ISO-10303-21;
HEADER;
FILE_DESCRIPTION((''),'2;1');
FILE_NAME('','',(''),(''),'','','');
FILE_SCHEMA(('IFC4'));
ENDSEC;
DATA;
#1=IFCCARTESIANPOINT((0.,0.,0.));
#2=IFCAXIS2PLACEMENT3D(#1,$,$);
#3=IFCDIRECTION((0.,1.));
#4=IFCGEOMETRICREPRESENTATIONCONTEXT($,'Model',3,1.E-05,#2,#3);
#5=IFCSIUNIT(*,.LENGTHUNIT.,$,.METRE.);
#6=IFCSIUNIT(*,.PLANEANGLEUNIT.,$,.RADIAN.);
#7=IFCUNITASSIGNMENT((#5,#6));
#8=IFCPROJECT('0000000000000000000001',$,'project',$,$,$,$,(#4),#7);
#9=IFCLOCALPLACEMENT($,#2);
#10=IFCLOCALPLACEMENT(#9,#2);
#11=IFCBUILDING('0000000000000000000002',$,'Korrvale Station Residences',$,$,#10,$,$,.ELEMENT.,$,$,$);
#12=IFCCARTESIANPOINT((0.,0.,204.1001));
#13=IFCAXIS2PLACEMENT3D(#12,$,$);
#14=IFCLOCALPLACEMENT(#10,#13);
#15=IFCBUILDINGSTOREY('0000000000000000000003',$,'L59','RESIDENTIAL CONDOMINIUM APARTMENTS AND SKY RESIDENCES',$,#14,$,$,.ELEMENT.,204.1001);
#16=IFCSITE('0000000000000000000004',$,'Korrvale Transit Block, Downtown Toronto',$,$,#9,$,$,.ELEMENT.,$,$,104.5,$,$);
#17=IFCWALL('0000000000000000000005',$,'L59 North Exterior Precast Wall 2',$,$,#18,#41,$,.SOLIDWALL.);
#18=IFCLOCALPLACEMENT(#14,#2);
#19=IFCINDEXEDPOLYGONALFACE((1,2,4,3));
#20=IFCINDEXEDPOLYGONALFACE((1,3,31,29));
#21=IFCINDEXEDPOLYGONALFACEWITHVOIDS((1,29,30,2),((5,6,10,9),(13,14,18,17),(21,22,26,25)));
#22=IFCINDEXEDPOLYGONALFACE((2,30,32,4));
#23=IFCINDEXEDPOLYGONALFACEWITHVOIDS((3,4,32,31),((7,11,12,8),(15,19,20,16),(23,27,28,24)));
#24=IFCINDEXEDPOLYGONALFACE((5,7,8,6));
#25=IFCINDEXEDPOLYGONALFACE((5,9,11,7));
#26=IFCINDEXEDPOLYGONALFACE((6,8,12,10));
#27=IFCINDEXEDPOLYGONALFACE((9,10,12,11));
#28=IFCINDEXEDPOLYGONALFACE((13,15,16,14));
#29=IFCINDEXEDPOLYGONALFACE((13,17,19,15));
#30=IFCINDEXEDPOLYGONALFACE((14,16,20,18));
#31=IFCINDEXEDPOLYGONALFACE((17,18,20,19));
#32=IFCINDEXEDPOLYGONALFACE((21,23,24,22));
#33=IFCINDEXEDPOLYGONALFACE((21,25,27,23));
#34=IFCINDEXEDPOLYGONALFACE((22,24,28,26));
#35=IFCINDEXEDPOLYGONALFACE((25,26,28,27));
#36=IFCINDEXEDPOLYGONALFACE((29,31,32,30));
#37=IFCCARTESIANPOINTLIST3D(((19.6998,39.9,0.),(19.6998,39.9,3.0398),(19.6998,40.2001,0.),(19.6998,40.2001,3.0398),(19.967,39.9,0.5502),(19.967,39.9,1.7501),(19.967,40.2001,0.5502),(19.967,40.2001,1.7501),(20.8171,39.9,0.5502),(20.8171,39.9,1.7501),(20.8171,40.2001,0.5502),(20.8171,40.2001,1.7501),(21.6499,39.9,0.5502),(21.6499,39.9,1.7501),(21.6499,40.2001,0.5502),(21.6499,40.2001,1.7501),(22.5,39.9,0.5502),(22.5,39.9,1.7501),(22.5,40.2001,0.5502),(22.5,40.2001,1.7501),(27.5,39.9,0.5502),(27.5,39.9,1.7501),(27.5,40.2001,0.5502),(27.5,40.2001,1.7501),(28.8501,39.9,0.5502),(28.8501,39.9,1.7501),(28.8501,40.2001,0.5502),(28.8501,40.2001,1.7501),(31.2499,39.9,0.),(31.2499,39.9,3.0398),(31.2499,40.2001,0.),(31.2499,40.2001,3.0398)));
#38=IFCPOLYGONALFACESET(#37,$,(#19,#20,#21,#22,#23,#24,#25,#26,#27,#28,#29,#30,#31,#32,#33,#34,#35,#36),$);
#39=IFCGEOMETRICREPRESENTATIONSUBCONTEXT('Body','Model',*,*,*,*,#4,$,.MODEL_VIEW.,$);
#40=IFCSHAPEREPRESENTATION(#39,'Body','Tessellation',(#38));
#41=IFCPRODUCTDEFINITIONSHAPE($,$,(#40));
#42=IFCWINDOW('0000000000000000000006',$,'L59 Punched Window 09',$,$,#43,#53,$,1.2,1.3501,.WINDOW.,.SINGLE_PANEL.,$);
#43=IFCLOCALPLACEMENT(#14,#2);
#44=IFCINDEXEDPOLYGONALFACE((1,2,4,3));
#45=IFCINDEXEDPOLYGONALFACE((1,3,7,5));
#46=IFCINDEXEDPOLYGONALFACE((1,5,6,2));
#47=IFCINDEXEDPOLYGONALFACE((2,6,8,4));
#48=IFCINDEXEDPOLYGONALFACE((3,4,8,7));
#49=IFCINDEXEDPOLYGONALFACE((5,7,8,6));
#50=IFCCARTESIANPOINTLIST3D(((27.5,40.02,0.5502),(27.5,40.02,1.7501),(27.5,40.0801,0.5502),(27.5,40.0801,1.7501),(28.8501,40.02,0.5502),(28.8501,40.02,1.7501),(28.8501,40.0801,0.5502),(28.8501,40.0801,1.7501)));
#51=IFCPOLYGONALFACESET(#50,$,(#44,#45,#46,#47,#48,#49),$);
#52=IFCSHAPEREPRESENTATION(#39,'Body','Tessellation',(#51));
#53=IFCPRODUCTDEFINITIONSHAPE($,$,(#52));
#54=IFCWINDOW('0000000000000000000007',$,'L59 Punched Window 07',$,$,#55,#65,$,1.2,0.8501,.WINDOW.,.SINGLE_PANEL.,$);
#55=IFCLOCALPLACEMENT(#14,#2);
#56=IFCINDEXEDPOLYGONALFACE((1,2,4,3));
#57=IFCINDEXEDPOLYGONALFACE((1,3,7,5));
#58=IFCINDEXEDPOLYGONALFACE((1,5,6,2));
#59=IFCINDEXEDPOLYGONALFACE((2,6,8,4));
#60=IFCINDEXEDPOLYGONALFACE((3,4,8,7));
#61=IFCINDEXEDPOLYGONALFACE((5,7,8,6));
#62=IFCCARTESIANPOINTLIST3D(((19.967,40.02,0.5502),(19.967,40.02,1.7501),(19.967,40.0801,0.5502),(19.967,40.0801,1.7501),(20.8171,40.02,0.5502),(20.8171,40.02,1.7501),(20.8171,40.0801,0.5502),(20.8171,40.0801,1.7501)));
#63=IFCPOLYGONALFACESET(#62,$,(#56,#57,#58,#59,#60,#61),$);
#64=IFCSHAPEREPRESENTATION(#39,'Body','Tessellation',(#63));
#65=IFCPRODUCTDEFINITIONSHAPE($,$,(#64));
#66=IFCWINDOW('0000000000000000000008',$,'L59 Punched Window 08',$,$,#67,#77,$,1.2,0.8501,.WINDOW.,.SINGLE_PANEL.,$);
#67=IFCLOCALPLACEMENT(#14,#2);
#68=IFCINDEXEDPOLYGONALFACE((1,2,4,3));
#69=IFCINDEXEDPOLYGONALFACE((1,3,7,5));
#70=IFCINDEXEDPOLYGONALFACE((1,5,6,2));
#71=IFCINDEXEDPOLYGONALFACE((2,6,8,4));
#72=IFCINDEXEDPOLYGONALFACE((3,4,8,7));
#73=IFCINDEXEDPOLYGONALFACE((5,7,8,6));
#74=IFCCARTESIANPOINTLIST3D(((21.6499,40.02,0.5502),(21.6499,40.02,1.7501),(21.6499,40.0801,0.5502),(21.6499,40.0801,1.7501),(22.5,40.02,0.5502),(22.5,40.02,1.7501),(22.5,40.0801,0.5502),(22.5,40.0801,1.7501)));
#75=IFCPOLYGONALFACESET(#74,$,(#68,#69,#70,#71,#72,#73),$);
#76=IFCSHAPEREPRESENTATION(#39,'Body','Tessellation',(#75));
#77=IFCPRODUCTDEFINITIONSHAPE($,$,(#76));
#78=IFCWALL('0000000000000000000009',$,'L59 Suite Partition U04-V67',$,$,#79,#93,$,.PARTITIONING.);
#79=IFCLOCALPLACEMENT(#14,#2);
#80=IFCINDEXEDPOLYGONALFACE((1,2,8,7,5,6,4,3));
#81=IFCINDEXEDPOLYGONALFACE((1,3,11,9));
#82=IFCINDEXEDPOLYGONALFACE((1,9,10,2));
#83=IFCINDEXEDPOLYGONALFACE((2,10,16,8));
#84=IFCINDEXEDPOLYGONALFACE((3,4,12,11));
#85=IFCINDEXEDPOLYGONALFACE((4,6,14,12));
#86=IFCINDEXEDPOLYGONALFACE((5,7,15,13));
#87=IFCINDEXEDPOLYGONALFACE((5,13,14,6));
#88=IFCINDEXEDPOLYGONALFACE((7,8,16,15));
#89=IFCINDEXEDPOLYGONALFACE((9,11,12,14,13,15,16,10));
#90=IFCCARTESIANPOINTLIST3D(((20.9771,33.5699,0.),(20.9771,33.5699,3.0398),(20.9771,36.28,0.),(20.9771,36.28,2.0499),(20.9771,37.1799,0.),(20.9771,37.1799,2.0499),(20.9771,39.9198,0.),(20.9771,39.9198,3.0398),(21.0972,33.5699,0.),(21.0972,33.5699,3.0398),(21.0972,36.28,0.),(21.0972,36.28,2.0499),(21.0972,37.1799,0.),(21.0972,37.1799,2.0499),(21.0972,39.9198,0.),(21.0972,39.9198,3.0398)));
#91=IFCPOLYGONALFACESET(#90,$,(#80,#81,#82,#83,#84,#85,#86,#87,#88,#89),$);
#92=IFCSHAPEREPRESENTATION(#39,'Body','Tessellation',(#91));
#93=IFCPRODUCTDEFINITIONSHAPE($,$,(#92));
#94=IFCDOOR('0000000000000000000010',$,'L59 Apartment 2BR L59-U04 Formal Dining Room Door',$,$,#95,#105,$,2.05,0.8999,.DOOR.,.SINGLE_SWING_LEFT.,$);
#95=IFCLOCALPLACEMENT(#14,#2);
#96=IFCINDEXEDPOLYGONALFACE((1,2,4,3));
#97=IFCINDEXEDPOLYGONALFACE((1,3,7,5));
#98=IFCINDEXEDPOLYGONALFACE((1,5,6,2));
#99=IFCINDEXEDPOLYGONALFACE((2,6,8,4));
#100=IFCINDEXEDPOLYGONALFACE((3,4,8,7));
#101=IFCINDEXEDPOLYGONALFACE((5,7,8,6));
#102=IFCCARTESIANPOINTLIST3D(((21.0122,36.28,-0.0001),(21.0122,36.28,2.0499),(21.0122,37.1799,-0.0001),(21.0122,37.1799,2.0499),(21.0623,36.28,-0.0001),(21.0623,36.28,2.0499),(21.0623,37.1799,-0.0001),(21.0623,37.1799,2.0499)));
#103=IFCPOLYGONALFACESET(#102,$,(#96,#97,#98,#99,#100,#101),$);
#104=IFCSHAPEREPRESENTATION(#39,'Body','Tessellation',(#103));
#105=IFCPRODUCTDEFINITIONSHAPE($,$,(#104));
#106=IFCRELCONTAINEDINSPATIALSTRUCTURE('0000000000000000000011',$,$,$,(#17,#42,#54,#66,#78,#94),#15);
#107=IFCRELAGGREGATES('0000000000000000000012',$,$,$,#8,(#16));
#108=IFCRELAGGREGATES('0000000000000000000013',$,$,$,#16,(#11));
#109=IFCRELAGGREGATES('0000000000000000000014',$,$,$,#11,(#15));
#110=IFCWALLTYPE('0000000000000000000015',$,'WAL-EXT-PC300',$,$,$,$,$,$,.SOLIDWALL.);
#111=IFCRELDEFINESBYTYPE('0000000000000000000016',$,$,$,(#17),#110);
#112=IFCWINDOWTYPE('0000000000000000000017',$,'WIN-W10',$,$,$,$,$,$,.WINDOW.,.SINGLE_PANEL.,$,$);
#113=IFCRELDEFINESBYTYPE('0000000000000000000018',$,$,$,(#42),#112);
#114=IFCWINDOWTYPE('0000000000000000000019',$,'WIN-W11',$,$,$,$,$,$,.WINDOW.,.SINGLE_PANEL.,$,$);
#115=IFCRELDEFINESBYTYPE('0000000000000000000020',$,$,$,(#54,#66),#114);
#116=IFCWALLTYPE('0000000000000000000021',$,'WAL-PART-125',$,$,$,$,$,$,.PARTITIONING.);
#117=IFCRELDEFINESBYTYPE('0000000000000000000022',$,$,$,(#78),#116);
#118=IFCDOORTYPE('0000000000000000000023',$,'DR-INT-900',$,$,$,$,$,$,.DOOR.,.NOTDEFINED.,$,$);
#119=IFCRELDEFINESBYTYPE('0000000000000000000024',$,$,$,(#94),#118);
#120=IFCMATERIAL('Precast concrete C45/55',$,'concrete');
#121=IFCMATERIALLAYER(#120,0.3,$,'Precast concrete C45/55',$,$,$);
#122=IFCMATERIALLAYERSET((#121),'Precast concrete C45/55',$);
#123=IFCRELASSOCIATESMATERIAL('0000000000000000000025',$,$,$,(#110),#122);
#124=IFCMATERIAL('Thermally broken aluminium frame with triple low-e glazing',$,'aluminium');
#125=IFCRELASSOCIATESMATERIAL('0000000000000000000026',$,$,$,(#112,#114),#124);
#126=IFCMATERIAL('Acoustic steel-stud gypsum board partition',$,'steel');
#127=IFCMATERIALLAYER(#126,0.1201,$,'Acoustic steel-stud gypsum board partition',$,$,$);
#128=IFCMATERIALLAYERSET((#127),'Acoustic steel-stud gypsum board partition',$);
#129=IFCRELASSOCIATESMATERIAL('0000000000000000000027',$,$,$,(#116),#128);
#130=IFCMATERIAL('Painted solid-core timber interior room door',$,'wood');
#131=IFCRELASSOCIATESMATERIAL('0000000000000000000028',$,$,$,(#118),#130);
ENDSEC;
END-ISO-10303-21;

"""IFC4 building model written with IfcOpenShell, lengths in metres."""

from ifc_helpers import new_model, si_unit, direction, frame, frame_2d, origin, place, context, subcontext, project, spatial, rectangle, extrude, material, layer, layer_set, type_object, element, fill, save


model = new_model("IFC4")

# Units and contexts
model_context = context("Model", 3, precision=1e-05, world=origin(), true_north=direction((0.0, 1.0)))
body_context = subcontext(model_context, "Body", "Model", "MODEL_VIEW")
ifc_project = project(units=[si_unit("LENGTHUNIT", "METRE"), si_unit("PLANEANGLEUNIT", "RADIAN")], contexts=[model_context])

# Site, building, storey
site_placement = place(None, origin())
site = spatial("IfcSite", under=ifc_project, at=site_placement, Name="Korrvale Transit Block, Downtown Toronto", CompositionType="ELEMENT", RefElevation=104.5)
building_placement = place(site_placement, origin())
building = spatial("IfcBuilding", under=site, at=building_placement, Name="Korrvale Station Residences", CompositionType="ELEMENT")
storey_placement = place(building_placement, frame((0.0, 0.0, 204.1001)))
storey = spatial("IfcBuildingStorey", under=building, at=storey_placement, Name="L59", Description="RESIDENTIAL CONDOMINIUM APARTMENTS AND SKY RESIDENCES", CompositionType="ELEMENT", Elevation=204.1001)

# Shared definitions
ifc_material_1 = material(Name="Precast concrete C45/55", Category="concrete")

# Wall, openings, windows
ifc_layer_1 = layer(ifc_material_1, 0.3, Name="Precast concrete C45/55")
ifc_layer_set_1 = layer_set([ifc_layer_1], Name="Precast concrete C45/55")
wall_type_1 = type_object("IfcWallType", Name="WAL-EXT-PC300", PredefinedType="SOLIDWALL", material=ifc_layer_set_1)
wall_1_placement = place(storey_placement, frame((19.7, 40.05, 0.0), z_axis=(0.0, 0.0, 1.0), x_axis=(1.0, 0.0, 0.0)))
wall_1 = element("IfcWall", 1, at=wall_1_placement, inside=storey, type_object=wall_type_1, Name="L59 North Exterior Precast Wall 2", PredefinedType="SOLIDWALL", context=body_context, shape_type="SweptSolid", body=[
    extrude(rectangle(XDim=11.55, YDim=0.3, at=frame_2d((5.7749, 0.0))), origin(), (0.0, 0.0, 1.0), 3.0398),
])
opening_1_placement = place(wall_1_placement, frame((0.2671, 0.0, 0.55)))
opening_1 = element("IfcOpeningElement", 2, at=opening_1_placement, cuts=wall_1, PredefinedType="OPENING", context=body_context, shape_type="SweptSolid", body=[
    extrude(rectangle(XDim=0.8501, YDim=1.2, at=frame_2d((0.425, 0.6001))), frame((0.0, 0.1602, 0.0), z_axis=(0.0, -1.0, 0.0), x_axis=(1.0, 0.0, 0.0)), (0.0, 0.0, 1.0), 0.3201),
])
opening_2_placement = place(wall_1_placement, frame((1.95, 0.0, 0.55)))
opening_2 = element("IfcOpeningElement", 3, at=opening_2_placement, cuts=wall_1, PredefinedType="OPENING", context=body_context, shape_type="SweptSolid", body=[
    extrude(rectangle(XDim=0.8501, YDim=1.2, at=frame_2d((0.425, 0.6001))), frame((0.0, 0.1602, 0.0), z_axis=(0.0, -1.0, 0.0), x_axis=(1.0, 0.0, 0.0)), (0.0, 0.0, 1.0), 0.3201),
])
opening_3_placement = place(wall_1_placement, frame((7.8, 0.0, 0.55)))
opening_3 = element("IfcOpeningElement", 4, at=opening_3_placement, cuts=wall_1, PredefinedType="OPENING", context=body_context, shape_type="SweptSolid", body=[
    extrude(rectangle(XDim=1.3501, YDim=1.2, at=frame_2d((0.675, 0.6001))), frame((0.0, 0.1602, 0.0), z_axis=(0.0, -1.0, 0.0), x_axis=(1.0, 0.0, 0.0)), (0.0, 0.0, 1.0), 0.3201),
])
ifc_material_2 = material(Name="Thermally broken aluminium frame with triple low-e glazing", Category="aluminium")
window_type_1 = type_object("IfcWindowType", Name="WIN-W10", PartitioningType="SINGLE_PANEL", PredefinedType="WINDOW", material=ifc_material_2)
window_1_placement = place(opening_3_placement, origin())
window_1 = element("IfcWindow", 5, at=window_1_placement, inside=storey, type_object=window_type_1, Name="L59 Punched Window 09", OverallHeight=1.2, OverallWidth=1.3501, PartitioningType="SINGLE_PANEL", PredefinedType="WINDOW", context=body_context, shape_type="SweptSolid", body=[
    extrude(rectangle(XDim=1.3501, YDim=1.2, at=frame_2d((0.675, 0.6001))), frame((0.0, 0.03, 0.0), z_axis=(0.0, -1.0, 0.0), x_axis=(1.0, 0.0, 0.0)), (0.0, 0.0, 1.0), 0.0601),
])
fill(opening_3, window_1)
window_type_2 = type_object("IfcWindowType", Name="WIN-W11", PartitioningType="SINGLE_PANEL", PredefinedType="WINDOW", material=ifc_material_2)
window_2_placement = place(opening_1_placement, origin())
window_2 = element("IfcWindow", 6, at=window_2_placement, inside=storey, type_object=window_type_2, Name="L59 Punched Window 07", OverallHeight=1.2, OverallWidth=0.8501, PartitioningType="SINGLE_PANEL", PredefinedType="WINDOW", context=body_context, shape_type="SweptSolid", body=[
    extrude(rectangle(XDim=0.8501, YDim=1.2, at=frame_2d((0.425, 0.6001))), frame((0.0, 0.03, 0.0), z_axis=(0.0, -1.0, 0.0), x_axis=(1.0, 0.0, 0.0)), (0.0, 0.0, 1.0), 0.0601),
])
fill(opening_1, window_2)
window_3_placement = place(opening_2_placement, origin())
window_3 = element("IfcWindow", 7, at=window_3_placement, inside=storey, type_object=window_type_2, Name="L59 Punched Window 08", OverallHeight=1.2, OverallWidth=0.8501, PartitioningType="SINGLE_PANEL", PredefinedType="WINDOW", context=body_context, shape_type="SweptSolid", body=[
    extrude(rectangle(XDim=0.8501, YDim=1.2, at=frame_2d((0.425, 0.6001))), frame((0.0, 0.03, 0.0), z_axis=(0.0, -1.0, 0.0), x_axis=(1.0, 0.0, 0.0)), (0.0, 0.0, 1.0), 0.0601),
])
fill(opening_2, window_3)

# Wall, opening, door
ifc_material_3 = material(Name="Acoustic steel-stud gypsum board partition", Category="steel")
ifc_layer_2 = layer(ifc_material_3, 0.1201, Name="Acoustic steel-stud gypsum board partition")
ifc_layer_set_2 = layer_set([ifc_layer_2], Name="Acoustic steel-stud gypsum board partition")
wall_type_2 = type_object("IfcWallType", Name="WAL-PART-125", PredefinedType="PARTITIONING", material=ifc_layer_set_2)
wall_2_placement = place(storey_placement, frame((21.0371, 33.5701, 0.0), z_axis=(0.0, 0.0, 1.0), x_axis=(0.0, 1.0, 0.0)))
wall_2 = element("IfcWall", 8, at=wall_2_placement, inside=storey, type_object=wall_type_2, Name="L59 Suite Partition U04-V67", PredefinedType="PARTITIONING", context=body_context, shape_type="SweptSolid", body=[
    extrude(rectangle(XDim=6.3499, YDim=0.1201, at=frame_2d((3.1748, 0.0))), origin(), (0.0, 0.0, 1.0), 3.0398),
])
opening_4_placement = place(wall_2_placement, frame((2.71, 0.0, 0.0)))
opening_4 = element("IfcOpeningElement", 9, at=opening_4_placement, cuts=wall_2, PredefinedType="OPENING", context=body_context, shape_type="SweptSolid", body=[
    extrude(rectangle(XDim=0.8999, YDim=2.05, at=frame_2d((0.45, 1.0249))), frame((0.0, 0.0701, 0.0), z_axis=(0.0, -1.0, 0.0), x_axis=(1.0, 0.0, 0.0)), (0.0, 0.0, 1.0), 0.1401),
])
ifc_material_4 = material(Name="Painted solid-core timber interior room door", Category="wood")
door_type_1 = type_object("IfcDoorType", Name="DR-INT-900", OperationType="NOTDEFINED", PredefinedType="DOOR", material=ifc_material_4)
door_1_placement = place(opening_4_placement, origin())
door_1 = element("IfcDoor", 10, at=door_1_placement, inside=storey, type_object=door_type_1, Name="L59 Apartment 2BR L59-U04 Formal Dining Room Door", OperationType="SINGLE_SWING_LEFT", OverallHeight=2.05, OverallWidth=0.8999, PredefinedType="DOOR", context=body_context, shape_type="SweptSolid", body=[
    extrude(rectangle(XDim=0.8999, YDim=2.05, at=frame_2d((0.45, 1.0249))), frame((0.0, 0.0249, 0.0), z_axis=(0.0, -1.0, 0.0), x_axis=(1.0, 0.0, 0.0)), (0.0, 0.0, 1.0), 0.05),
])
fill(opening_4, door_1)

save(model, "model.ifc")
